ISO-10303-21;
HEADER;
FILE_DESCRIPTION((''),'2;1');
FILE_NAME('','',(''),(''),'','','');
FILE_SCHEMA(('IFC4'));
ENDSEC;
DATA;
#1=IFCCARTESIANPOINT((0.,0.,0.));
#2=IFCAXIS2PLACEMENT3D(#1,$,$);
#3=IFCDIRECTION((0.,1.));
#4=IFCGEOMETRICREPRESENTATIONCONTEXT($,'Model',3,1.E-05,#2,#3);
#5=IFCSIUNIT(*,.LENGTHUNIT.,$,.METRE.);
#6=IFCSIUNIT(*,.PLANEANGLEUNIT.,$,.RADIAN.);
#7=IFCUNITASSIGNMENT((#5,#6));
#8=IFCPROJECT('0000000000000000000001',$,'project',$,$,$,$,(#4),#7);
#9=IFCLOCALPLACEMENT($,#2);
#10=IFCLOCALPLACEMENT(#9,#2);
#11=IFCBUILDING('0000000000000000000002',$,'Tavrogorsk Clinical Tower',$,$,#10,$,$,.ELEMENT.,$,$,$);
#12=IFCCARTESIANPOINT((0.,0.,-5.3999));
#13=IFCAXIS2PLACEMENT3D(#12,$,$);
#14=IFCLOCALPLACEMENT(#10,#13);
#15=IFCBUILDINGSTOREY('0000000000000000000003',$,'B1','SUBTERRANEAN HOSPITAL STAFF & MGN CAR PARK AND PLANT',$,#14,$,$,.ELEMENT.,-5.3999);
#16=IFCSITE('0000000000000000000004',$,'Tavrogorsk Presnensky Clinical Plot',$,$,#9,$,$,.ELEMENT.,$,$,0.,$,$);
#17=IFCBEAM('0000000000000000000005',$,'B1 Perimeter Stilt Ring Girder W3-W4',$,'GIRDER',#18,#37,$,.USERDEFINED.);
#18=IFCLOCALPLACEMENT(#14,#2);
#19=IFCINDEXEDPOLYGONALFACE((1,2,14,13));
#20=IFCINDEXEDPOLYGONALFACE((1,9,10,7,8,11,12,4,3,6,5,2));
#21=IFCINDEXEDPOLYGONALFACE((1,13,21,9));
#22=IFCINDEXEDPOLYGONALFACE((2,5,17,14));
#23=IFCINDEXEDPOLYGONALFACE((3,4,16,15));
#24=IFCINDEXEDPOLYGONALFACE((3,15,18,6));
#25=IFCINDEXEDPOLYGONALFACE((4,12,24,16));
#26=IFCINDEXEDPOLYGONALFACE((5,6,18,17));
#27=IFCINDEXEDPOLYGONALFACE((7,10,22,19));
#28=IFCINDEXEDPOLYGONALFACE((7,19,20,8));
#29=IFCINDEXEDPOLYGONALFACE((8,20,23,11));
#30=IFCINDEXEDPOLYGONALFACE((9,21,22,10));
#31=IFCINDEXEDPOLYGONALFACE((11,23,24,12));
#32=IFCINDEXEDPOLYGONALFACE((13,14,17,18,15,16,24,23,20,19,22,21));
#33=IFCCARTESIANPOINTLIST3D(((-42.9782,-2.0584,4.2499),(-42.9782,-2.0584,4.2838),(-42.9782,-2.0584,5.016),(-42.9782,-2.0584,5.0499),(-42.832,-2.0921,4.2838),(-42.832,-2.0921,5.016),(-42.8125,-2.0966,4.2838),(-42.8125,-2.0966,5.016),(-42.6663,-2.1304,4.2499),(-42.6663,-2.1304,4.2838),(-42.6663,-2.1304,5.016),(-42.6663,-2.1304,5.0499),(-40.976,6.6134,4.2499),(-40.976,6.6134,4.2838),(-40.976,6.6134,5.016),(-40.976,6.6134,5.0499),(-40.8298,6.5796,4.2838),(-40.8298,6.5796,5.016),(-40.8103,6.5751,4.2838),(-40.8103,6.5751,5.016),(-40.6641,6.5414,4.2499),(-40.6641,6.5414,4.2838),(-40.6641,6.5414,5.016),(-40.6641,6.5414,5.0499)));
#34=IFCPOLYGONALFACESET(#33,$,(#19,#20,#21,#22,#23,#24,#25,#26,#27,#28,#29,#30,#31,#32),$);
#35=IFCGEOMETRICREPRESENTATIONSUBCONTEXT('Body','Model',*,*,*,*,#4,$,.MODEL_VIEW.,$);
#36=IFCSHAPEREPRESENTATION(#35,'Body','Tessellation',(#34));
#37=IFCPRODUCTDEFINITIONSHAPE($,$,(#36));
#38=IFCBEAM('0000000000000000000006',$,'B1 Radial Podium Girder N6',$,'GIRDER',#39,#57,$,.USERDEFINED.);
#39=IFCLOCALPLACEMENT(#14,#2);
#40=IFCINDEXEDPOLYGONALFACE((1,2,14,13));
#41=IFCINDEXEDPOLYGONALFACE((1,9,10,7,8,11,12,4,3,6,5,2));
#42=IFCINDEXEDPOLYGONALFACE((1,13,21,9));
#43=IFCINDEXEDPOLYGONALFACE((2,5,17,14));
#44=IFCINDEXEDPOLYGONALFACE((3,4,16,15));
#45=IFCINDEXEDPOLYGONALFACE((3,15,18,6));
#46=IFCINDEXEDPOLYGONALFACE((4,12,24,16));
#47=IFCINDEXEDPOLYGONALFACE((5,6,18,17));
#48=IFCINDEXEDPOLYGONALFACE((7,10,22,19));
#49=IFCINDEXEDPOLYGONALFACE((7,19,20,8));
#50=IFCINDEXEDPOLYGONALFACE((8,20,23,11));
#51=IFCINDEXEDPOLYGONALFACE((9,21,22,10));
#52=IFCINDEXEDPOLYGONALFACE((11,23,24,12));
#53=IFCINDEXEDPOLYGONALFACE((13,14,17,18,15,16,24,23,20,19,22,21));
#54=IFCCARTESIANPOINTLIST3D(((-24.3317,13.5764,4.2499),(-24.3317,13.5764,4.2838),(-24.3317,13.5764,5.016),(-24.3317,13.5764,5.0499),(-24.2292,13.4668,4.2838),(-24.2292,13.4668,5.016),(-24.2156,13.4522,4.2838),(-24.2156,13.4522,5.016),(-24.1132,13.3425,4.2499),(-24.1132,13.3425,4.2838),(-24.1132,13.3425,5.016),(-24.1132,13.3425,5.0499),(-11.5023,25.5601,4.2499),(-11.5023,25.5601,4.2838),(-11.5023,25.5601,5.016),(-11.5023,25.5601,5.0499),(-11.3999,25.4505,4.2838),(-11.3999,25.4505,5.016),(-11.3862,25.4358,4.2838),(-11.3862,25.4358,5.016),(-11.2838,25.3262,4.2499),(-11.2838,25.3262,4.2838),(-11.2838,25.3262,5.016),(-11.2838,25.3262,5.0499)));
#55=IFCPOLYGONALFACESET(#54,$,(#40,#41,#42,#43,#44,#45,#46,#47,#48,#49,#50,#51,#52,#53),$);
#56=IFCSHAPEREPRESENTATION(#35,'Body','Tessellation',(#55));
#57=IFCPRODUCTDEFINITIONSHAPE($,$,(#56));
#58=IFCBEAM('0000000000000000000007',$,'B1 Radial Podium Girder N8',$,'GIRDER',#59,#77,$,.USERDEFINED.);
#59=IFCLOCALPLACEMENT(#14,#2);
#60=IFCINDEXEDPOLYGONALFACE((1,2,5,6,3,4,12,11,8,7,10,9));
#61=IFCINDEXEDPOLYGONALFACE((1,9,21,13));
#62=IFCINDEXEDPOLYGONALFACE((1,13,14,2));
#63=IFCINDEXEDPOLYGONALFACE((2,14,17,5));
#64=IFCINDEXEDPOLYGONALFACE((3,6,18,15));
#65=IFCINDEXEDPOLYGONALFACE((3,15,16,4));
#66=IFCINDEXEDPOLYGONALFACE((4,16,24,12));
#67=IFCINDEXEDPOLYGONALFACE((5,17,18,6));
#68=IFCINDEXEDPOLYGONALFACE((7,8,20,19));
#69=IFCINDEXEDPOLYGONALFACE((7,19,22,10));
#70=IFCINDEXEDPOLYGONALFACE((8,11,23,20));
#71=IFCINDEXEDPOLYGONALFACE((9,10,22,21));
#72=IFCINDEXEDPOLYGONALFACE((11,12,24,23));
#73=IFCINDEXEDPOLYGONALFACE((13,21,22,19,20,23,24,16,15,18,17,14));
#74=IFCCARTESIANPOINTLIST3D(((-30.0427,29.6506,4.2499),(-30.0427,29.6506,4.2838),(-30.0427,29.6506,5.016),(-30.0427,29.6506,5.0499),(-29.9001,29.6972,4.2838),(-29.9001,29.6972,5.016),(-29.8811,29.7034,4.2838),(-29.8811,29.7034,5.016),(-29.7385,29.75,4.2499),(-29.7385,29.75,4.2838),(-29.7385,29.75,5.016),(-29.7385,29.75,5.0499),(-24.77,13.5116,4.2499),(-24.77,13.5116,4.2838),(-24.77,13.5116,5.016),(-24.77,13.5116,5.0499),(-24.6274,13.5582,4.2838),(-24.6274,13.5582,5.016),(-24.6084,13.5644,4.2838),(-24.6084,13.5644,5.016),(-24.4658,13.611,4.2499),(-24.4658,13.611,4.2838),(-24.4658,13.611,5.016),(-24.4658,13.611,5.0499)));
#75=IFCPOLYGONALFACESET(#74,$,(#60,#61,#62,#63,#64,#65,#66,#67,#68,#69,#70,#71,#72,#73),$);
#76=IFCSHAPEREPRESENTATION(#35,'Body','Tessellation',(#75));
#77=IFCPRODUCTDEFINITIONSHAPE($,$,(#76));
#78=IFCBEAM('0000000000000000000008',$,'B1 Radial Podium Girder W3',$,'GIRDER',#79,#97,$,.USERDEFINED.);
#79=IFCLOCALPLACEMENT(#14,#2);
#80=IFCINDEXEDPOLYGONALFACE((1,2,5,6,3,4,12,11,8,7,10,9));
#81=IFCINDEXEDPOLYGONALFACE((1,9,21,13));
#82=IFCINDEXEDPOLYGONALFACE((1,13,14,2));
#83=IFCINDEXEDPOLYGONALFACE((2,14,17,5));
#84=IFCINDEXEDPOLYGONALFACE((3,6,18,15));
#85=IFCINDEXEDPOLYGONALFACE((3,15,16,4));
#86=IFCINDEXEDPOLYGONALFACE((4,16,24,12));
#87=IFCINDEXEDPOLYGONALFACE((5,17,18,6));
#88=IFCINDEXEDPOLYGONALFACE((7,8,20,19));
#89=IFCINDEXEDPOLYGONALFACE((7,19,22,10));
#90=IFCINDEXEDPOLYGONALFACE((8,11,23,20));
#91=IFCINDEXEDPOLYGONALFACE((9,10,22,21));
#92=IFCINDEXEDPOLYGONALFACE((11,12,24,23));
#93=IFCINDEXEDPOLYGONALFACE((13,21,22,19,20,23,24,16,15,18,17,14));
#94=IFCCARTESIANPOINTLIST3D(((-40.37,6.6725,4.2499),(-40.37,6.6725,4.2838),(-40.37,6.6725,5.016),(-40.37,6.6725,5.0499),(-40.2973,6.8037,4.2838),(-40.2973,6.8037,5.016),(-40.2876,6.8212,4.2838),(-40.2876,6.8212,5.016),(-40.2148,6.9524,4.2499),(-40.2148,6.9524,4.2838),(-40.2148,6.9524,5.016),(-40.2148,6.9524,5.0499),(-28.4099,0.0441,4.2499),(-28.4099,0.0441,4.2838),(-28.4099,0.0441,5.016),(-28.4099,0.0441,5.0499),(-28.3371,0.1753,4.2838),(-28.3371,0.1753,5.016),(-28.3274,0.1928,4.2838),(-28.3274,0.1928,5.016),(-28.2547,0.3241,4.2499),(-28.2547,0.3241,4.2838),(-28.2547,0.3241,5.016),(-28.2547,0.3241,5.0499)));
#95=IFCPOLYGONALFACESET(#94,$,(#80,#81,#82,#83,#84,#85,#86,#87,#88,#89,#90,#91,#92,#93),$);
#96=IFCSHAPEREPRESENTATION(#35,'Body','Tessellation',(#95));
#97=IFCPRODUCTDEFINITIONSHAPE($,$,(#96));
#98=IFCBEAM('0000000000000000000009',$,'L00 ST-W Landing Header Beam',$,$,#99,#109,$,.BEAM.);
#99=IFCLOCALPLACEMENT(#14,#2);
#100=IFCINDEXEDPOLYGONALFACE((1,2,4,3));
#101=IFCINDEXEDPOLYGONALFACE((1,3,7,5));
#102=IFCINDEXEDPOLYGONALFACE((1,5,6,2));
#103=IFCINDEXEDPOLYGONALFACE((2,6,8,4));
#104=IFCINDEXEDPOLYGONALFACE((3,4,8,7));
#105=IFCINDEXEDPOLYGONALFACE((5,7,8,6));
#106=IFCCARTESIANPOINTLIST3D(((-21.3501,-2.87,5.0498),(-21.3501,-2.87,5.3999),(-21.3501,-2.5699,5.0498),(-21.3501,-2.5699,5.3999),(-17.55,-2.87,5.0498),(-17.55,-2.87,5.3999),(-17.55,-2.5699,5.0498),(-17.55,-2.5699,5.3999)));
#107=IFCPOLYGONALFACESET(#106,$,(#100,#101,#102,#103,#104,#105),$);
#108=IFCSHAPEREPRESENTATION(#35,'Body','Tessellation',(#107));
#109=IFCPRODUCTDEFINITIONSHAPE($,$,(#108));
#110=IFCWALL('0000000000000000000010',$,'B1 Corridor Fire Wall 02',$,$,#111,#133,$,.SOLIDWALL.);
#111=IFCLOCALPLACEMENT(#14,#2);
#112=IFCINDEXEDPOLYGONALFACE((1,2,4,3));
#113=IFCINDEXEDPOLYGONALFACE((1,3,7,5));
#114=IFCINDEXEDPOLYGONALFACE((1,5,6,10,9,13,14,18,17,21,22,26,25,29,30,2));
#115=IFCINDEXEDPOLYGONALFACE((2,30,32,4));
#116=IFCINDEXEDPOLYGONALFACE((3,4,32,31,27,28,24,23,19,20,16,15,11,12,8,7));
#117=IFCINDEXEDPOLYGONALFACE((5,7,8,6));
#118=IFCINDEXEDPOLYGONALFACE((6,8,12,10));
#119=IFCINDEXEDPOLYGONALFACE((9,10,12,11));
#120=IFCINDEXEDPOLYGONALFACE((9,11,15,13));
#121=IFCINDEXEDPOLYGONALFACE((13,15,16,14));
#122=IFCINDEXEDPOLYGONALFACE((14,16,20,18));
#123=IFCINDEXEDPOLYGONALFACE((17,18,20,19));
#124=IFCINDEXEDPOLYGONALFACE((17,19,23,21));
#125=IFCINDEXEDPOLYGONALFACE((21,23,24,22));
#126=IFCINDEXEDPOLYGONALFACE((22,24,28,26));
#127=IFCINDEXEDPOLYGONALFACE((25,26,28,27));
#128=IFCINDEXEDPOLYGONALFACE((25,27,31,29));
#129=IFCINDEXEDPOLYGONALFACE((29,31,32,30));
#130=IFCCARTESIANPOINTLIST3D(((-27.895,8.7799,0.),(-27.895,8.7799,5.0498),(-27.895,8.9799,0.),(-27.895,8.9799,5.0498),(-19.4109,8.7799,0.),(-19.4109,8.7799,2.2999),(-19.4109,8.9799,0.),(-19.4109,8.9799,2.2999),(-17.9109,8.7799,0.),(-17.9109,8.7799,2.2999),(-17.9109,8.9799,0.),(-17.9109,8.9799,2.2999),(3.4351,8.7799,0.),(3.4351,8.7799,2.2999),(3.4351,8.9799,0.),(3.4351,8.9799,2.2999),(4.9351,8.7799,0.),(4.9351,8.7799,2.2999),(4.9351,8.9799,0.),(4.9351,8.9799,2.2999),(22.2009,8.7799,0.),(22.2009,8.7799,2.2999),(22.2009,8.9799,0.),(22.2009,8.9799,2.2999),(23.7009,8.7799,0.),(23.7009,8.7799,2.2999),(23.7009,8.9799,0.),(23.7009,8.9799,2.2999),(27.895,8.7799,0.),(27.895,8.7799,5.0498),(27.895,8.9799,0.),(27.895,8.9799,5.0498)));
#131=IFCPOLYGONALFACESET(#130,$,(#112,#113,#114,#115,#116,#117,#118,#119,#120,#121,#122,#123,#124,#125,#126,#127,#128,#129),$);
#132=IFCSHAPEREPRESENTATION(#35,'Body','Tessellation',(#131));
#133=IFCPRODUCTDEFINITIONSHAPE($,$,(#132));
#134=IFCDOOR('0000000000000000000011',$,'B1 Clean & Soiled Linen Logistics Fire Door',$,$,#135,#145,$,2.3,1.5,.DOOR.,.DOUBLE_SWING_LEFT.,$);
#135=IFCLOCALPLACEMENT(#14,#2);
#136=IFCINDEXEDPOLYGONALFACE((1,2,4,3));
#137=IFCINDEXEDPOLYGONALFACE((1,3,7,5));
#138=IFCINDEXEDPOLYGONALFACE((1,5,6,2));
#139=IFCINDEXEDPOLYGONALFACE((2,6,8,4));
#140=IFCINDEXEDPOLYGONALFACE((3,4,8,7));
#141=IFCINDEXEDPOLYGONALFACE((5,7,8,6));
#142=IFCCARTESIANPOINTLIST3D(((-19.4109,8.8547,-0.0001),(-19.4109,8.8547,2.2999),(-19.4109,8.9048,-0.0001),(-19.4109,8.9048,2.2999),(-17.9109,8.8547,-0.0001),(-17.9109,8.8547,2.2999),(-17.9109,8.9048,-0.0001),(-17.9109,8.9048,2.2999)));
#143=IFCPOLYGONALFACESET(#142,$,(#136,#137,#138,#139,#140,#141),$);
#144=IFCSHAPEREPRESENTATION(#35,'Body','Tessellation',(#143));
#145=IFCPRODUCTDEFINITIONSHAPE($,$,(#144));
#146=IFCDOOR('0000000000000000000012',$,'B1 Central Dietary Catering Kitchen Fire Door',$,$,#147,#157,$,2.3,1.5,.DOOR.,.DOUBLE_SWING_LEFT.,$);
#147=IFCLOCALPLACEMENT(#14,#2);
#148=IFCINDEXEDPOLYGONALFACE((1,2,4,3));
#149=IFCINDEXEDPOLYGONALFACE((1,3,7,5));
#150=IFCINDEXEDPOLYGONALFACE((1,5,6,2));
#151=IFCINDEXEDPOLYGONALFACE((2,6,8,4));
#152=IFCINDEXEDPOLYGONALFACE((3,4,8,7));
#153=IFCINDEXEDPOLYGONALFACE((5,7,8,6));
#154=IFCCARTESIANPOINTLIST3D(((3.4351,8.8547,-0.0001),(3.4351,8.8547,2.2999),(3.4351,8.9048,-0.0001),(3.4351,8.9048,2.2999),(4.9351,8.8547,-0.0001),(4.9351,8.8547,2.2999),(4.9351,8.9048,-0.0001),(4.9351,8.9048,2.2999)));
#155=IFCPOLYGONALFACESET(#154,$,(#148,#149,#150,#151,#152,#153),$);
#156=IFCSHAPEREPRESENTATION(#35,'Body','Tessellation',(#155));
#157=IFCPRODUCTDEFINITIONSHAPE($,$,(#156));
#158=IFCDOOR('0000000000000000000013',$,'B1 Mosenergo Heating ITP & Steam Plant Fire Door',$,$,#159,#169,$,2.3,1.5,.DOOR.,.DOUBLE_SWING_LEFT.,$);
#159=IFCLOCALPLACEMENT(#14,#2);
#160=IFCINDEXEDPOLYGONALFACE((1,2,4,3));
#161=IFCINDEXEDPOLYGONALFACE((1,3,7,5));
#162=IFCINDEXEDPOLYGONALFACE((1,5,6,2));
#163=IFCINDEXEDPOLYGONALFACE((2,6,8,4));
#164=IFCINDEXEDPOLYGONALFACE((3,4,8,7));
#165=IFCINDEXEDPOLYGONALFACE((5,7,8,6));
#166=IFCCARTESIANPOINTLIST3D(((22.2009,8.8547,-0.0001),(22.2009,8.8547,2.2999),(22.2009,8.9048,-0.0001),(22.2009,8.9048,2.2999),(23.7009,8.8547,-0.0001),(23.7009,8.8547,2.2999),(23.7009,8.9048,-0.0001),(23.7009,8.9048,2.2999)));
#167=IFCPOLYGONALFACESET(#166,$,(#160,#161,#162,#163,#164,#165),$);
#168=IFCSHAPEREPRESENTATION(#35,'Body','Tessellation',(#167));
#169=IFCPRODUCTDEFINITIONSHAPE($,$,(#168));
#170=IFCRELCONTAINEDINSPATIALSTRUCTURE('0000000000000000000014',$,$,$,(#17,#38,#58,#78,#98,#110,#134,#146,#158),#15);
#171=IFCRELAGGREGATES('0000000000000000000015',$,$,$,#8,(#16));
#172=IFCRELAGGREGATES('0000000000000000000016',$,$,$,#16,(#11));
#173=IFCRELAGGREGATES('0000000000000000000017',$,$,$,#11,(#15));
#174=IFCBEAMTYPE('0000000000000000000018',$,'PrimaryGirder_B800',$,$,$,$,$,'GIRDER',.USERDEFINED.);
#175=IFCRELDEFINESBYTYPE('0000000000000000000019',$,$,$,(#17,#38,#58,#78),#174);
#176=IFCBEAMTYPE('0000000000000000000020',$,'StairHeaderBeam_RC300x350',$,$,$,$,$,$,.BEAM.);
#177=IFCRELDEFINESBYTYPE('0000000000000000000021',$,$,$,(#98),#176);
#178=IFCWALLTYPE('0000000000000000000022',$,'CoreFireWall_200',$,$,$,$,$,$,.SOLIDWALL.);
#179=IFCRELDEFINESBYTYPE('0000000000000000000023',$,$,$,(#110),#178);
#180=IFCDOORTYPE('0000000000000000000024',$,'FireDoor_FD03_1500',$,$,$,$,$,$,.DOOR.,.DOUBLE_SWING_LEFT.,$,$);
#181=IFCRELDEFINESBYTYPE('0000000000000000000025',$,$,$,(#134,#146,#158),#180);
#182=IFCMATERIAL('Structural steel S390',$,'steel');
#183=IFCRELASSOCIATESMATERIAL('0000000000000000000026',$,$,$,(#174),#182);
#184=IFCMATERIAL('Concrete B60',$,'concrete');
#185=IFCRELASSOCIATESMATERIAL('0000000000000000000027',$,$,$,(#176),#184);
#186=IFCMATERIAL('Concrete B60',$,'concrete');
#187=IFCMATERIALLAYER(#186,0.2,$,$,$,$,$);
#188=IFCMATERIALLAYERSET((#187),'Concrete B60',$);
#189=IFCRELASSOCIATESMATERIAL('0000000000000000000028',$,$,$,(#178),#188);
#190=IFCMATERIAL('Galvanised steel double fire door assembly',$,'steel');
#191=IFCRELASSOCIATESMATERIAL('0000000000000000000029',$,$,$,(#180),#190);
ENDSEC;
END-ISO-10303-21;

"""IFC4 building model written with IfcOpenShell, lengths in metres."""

from ifc_helpers import new_model, si_unit, direction, frame, frame_2d, origin, origin_2d, place, context, subcontext, project, spatial, rectangle, i_section, extrude, material, layer, layer_set, material_profile, profile_set, type_object, element, fill, save


model = new_model("IFC4")

# Units and contexts
model_context = context("Model", 3, precision=1e-05, world=origin(), true_north=direction((0.0, 1.0)))
body_context = subcontext(model_context, "Body", "Model", "MODEL_VIEW")
ifc_project = project(units=[si_unit("LENGTHUNIT", "METRE"), si_unit("PLANEANGLEUNIT", "RADIAN")], contexts=[model_context])

# Site, building, storey
site_placement = place(None, origin())
site = spatial("IfcSite", under=ifc_project, at=site_placement, Name="Tavrogorsk Presnensky Clinical Plot", CompositionType="ELEMENT", RefElevation=0.0)
building_placement = place(site_placement, origin())
building = spatial("IfcBuilding", under=site, at=building_placement, Name="Tavrogorsk Clinical Tower", CompositionType="ELEMENT")
storey_placement = place(building_placement, frame((0.0, 0.0, -5.3999)))
storey = spatial("IfcBuildingStorey", under=building, at=storey_placement, Name="B1", Description="SUBTERRANEAN HOSPITAL STAFF & MGN CAR PARK AND PLANT", CompositionType="ELEMENT", Elevation=-5.3999)

# Beams
ifc_material_1 = material(Name="Structural steel S390", Category="steel")
ifc_material_profile_1 = material_profile(ifc_material_1, i_section(OverallWidth=0.3201, OverallDepth=0.8, WebThickness=0.02, FlangeThickness=0.0339, at=origin_2d()), Name="B-800x320x20x34")
ifc_profile_set_1 = profile_set([ifc_material_profile_1], Name="Structural steel S390")
beam_type_1 = type_object("IfcBeamType", Name="PrimaryGirder_B800", ElementType="GIRDER", PredefinedType="USERDEFINED", material=ifc_profile_set_1)
beam_1_placement = place(storey_placement, frame((-40.8201, 6.5774, 4.6499), z_axis=(-0.224966, -0.974367, 0.0), x_axis=(0.974367, -0.224966, 0.0)))
element("IfcBeam", 1, at=beam_1_placement, inside=storey, type_object=beam_type_1, Name="B1 Perimeter Stilt Ring Girder W3-W4", ObjectType="GIRDER", PredefinedType="USERDEFINED", context=body_context, shape_type="SweptSolid", body=[
    extrude(i_section(OverallWidth=0.3201, OverallDepth=0.8, WebThickness=0.02, FlangeThickness=0.0339, at=origin_2d()), origin(), (0.0, 0.0, 1.0), 8.8999),
])
beam_2_placement = place(storey_placement, frame((-24.2224, 13.4595, 4.6499), z_axis=(0.730783, 0.68261, 0.0), x_axis=(-0.68261, 0.730783, 0.0)))
element("IfcBeam", 2, at=beam_2_placement, inside=storey, type_object=beam_type_1, Name="B1 Radial Podium Girder N6", ObjectType="GIRDER", PredefinedType="USERDEFINED", context=body_context, shape_type="SweptSolid", body=[
    extrude(i_section(OverallWidth=0.3201, OverallDepth=0.8, WebThickness=0.02, FlangeThickness=0.0339, at=origin_2d()), origin(), (0.0, 0.0, 1.0), 17.5557),
])
beam_3_placement = place(storey_placement, frame((-24.6179, 13.5613, 4.6499), z_axis=(-0.310549, 0.950557, 0.0), x_axis=(-0.950557, -0.310549, 0.0)))
element("IfcBeam", 3, at=beam_3_placement, inside=storey, type_object=beam_type_1, Name="B1 Radial Podium Girder N8", ObjectType="GIRDER", PredefinedType="USERDEFINED", context=body_context, shape_type="SweptSolid", body=[
    extrude(i_section(OverallWidth=0.3201, OverallDepth=0.8, WebThickness=0.02, FlangeThickness=0.0339, at=origin_2d()), origin(), (0.0, 0.0, 1.0), 16.9785),
])
beam_4_placement = place(storey_placement, frame((-28.3323, 0.1841, 4.6499), z_axis=(-0.874658, 0.484741, 0.0), x_axis=(-0.484741, -0.874658, 0.0)))
element("IfcBeam", 4, at=beam_4_placement, inside=storey, type_object=beam_type_1, Name="B1 Radial Podium Girder W3", ObjectType="GIRDER", PredefinedType="USERDEFINED", context=body_context, shape_type="SweptSolid", body=[
    extrude(i_section(OverallWidth=0.3201, OverallDepth=0.8, WebThickness=0.02, FlangeThickness=0.0339, at=origin_2d()), origin(), (0.0, 0.0, 1.0), 13.6741),
])
ifc_material_2 = material(Name="Concrete B60", Category="concrete")
ifc_material_profile_2 = material_profile(ifc_material_2, rectangle(XDim=0.3, YDim=0.3501, at=origin_2d()), Name="RC-SHB-300x350")
ifc_profile_set_2 = profile_set([ifc_material_profile_2], Name="Concrete B60")
beam_type_2 = type_object("IfcBeamType", Name="StairHeaderBeam_RC300x350", PredefinedType="BEAM", material=ifc_profile_set_2)
beam_5_placement = place(storey_placement, frame((-21.3501, -2.72, 5.2249), z_axis=(1.0, 0.0, 0.0), x_axis=(0.0, 1.0, 0.0)))
element("IfcBeam", 5, at=beam_5_placement, inside=storey, type_object=beam_type_2, Name="L00 ST-W Landing Header Beam", PredefinedType="BEAM", context=body_context, shape_type="SweptSolid", body=[
    extrude(rectangle(XDim=0.3, YDim=0.3501, at=origin_2d()), origin(), (0.0, 0.0, 1.0), 3.8),
])

# Wall, openings, doors
ifc_material_3 = material(Name="Concrete B60", Category="concrete")
ifc_layer_1 = layer(ifc_material_3, 0.2)
ifc_layer_set_1 = layer_set([ifc_layer_1], Name="Concrete B60")
wall_type_1 = type_object("IfcWallType", Name="CoreFireWall_200", PredefinedType="SOLIDWALL", material=ifc_layer_set_1)
wall_1_placement = place(storey_placement, frame((-27.895, 8.8799, 0.0), z_axis=(0.0, 0.0, 1.0), x_axis=(1.0, 0.0, 0.0)))
wall_1 = element("IfcWall", 6, at=wall_1_placement, inside=storey, type_object=wall_type_1, Name="B1 Corridor Fire Wall 02", PredefinedType="SOLIDWALL", context=body_context, shape_type="SweptSolid", body=[
    extrude(rectangle(XDim=55.79, YDim=0.2, at=frame_2d((27.895, 0.0))), origin(), (0.0, 0.0, 1.0), 5.0498),
])
opening_1_placement = place(wall_1_placement, frame((8.4841, 0.0, 0.0)))
opening_1 = element("IfcOpeningElement", 7, at=opening_1_placement, cuts=wall_1, PredefinedType="OPENING", context=body_context, shape_type="SweptSolid", body=[
    extrude(rectangle(XDim=1.5, YDim=2.3, at=frame_2d((0.75, 1.1499))), frame((0.0, 0.1099, 0.0), z_axis=(0.0, -1.0, 0.0), x_axis=(1.0, 0.0, 0.0)), (0.0, 0.0, 1.0), 0.22),
])
opening_2_placement = place(wall_1_placement, frame((31.3301, 0.0, 0.0)))
opening_2 = element("IfcOpeningElement", 8, at=opening_2_placement, cuts=wall_1, PredefinedType="OPENING", context=body_context, shape_type="SweptSolid", body=[
    extrude(rectangle(XDim=1.5, YDim=2.3, at=frame_2d((0.75, 1.1499))), frame((0.0, 0.1099, 0.0), z_axis=(0.0, -1.0, 0.0), x_axis=(1.0, 0.0, 0.0)), (0.0, 0.0, 1.0), 0.22),
])
opening_3_placement = place(wall_1_placement, frame((50.0959, 0.0, 0.0)))
opening_3 = element("IfcOpeningElement", 9, at=opening_3_placement, cuts=wall_1, PredefinedType="OPENING", context=body_context, shape_type="SweptSolid", body=[
    extrude(rectangle(XDim=1.5, YDim=2.3, at=frame_2d((0.75, 1.1499))), frame((0.0, 0.1099, 0.0), z_axis=(0.0, -1.0, 0.0), x_axis=(1.0, 0.0, 0.0)), (0.0, 0.0, 1.0), 0.22),
])
ifc_material_4 = material(Name="Galvanised steel double fire door assembly", Category="steel")
door_type = type_object("IfcDoorType", Name="FireDoor_FD03_1500", OperationType="DOUBLE_SWING_LEFT", PredefinedType="DOOR", material=ifc_material_4)
door_1_placement = place(opening_1_placement, origin())
door_1 = element("IfcDoor", 10, at=door_1_placement, inside=storey, type_object=door_type, Name="B1 Clean & Soiled Linen Logistics Fire Door", OperationType="DOUBLE_SWING_LEFT", OverallHeight=2.3, OverallWidth=1.5, PredefinedType="DOOR", context=body_context, shape_type="SweptSolid", body=[
    extrude(rectangle(XDim=1.5, YDim=2.3, at=frame_2d((0.75, 1.1499))), frame((0.0, 0.0249, 0.0), z_axis=(0.0, -1.0, 0.0), x_axis=(1.0, 0.0, 0.0)), (0.0, 0.0, 1.0), 0.05),
])
fill(opening_1, door_1)
door_2_placement = place(opening_2_placement, origin())
door_2 = element("IfcDoor", 11, at=door_2_placement, inside=storey, type_object=door_type, Name="B1 Central Dietary Catering Kitchen Fire Door", OperationType="DOUBLE_SWING_LEFT", OverallHeight=2.3, OverallWidth=1.5, PredefinedType="DOOR", context=body_context, shape_type="SweptSolid", body=[
    extrude(rectangle(XDim=1.5, YDim=2.3, at=frame_2d((0.75, 1.1499))), frame((0.0, 0.0249, 0.0), z_axis=(0.0, -1.0, 0.0), x_axis=(1.0, 0.0, 0.0)), (0.0, 0.0, 1.0), 0.05),
])
fill(opening_2, door_2)
door_3_placement = place(opening_3_placement, origin())
door_3 = element("IfcDoor", 12, at=door_3_placement, inside=storey, type_object=door_type, Name="B1 Mosenergo Heating ITP & Steam Plant Fire Door", OperationType="DOUBLE_SWING_LEFT", OverallHeight=2.3, OverallWidth=1.5, PredefinedType="DOOR", context=body_context, shape_type="SweptSolid", body=[
    extrude(rectangle(XDim=1.5, YDim=2.3, at=frame_2d((0.75, 1.1499))), frame((0.0, 0.0249, 0.0), z_axis=(0.0, -1.0, 0.0), x_axis=(1.0, 0.0, 0.0)), (0.0, 0.0, 1.0), 0.05),
])
fill(opening_3, door_3)

save(model, "model.ifc")
